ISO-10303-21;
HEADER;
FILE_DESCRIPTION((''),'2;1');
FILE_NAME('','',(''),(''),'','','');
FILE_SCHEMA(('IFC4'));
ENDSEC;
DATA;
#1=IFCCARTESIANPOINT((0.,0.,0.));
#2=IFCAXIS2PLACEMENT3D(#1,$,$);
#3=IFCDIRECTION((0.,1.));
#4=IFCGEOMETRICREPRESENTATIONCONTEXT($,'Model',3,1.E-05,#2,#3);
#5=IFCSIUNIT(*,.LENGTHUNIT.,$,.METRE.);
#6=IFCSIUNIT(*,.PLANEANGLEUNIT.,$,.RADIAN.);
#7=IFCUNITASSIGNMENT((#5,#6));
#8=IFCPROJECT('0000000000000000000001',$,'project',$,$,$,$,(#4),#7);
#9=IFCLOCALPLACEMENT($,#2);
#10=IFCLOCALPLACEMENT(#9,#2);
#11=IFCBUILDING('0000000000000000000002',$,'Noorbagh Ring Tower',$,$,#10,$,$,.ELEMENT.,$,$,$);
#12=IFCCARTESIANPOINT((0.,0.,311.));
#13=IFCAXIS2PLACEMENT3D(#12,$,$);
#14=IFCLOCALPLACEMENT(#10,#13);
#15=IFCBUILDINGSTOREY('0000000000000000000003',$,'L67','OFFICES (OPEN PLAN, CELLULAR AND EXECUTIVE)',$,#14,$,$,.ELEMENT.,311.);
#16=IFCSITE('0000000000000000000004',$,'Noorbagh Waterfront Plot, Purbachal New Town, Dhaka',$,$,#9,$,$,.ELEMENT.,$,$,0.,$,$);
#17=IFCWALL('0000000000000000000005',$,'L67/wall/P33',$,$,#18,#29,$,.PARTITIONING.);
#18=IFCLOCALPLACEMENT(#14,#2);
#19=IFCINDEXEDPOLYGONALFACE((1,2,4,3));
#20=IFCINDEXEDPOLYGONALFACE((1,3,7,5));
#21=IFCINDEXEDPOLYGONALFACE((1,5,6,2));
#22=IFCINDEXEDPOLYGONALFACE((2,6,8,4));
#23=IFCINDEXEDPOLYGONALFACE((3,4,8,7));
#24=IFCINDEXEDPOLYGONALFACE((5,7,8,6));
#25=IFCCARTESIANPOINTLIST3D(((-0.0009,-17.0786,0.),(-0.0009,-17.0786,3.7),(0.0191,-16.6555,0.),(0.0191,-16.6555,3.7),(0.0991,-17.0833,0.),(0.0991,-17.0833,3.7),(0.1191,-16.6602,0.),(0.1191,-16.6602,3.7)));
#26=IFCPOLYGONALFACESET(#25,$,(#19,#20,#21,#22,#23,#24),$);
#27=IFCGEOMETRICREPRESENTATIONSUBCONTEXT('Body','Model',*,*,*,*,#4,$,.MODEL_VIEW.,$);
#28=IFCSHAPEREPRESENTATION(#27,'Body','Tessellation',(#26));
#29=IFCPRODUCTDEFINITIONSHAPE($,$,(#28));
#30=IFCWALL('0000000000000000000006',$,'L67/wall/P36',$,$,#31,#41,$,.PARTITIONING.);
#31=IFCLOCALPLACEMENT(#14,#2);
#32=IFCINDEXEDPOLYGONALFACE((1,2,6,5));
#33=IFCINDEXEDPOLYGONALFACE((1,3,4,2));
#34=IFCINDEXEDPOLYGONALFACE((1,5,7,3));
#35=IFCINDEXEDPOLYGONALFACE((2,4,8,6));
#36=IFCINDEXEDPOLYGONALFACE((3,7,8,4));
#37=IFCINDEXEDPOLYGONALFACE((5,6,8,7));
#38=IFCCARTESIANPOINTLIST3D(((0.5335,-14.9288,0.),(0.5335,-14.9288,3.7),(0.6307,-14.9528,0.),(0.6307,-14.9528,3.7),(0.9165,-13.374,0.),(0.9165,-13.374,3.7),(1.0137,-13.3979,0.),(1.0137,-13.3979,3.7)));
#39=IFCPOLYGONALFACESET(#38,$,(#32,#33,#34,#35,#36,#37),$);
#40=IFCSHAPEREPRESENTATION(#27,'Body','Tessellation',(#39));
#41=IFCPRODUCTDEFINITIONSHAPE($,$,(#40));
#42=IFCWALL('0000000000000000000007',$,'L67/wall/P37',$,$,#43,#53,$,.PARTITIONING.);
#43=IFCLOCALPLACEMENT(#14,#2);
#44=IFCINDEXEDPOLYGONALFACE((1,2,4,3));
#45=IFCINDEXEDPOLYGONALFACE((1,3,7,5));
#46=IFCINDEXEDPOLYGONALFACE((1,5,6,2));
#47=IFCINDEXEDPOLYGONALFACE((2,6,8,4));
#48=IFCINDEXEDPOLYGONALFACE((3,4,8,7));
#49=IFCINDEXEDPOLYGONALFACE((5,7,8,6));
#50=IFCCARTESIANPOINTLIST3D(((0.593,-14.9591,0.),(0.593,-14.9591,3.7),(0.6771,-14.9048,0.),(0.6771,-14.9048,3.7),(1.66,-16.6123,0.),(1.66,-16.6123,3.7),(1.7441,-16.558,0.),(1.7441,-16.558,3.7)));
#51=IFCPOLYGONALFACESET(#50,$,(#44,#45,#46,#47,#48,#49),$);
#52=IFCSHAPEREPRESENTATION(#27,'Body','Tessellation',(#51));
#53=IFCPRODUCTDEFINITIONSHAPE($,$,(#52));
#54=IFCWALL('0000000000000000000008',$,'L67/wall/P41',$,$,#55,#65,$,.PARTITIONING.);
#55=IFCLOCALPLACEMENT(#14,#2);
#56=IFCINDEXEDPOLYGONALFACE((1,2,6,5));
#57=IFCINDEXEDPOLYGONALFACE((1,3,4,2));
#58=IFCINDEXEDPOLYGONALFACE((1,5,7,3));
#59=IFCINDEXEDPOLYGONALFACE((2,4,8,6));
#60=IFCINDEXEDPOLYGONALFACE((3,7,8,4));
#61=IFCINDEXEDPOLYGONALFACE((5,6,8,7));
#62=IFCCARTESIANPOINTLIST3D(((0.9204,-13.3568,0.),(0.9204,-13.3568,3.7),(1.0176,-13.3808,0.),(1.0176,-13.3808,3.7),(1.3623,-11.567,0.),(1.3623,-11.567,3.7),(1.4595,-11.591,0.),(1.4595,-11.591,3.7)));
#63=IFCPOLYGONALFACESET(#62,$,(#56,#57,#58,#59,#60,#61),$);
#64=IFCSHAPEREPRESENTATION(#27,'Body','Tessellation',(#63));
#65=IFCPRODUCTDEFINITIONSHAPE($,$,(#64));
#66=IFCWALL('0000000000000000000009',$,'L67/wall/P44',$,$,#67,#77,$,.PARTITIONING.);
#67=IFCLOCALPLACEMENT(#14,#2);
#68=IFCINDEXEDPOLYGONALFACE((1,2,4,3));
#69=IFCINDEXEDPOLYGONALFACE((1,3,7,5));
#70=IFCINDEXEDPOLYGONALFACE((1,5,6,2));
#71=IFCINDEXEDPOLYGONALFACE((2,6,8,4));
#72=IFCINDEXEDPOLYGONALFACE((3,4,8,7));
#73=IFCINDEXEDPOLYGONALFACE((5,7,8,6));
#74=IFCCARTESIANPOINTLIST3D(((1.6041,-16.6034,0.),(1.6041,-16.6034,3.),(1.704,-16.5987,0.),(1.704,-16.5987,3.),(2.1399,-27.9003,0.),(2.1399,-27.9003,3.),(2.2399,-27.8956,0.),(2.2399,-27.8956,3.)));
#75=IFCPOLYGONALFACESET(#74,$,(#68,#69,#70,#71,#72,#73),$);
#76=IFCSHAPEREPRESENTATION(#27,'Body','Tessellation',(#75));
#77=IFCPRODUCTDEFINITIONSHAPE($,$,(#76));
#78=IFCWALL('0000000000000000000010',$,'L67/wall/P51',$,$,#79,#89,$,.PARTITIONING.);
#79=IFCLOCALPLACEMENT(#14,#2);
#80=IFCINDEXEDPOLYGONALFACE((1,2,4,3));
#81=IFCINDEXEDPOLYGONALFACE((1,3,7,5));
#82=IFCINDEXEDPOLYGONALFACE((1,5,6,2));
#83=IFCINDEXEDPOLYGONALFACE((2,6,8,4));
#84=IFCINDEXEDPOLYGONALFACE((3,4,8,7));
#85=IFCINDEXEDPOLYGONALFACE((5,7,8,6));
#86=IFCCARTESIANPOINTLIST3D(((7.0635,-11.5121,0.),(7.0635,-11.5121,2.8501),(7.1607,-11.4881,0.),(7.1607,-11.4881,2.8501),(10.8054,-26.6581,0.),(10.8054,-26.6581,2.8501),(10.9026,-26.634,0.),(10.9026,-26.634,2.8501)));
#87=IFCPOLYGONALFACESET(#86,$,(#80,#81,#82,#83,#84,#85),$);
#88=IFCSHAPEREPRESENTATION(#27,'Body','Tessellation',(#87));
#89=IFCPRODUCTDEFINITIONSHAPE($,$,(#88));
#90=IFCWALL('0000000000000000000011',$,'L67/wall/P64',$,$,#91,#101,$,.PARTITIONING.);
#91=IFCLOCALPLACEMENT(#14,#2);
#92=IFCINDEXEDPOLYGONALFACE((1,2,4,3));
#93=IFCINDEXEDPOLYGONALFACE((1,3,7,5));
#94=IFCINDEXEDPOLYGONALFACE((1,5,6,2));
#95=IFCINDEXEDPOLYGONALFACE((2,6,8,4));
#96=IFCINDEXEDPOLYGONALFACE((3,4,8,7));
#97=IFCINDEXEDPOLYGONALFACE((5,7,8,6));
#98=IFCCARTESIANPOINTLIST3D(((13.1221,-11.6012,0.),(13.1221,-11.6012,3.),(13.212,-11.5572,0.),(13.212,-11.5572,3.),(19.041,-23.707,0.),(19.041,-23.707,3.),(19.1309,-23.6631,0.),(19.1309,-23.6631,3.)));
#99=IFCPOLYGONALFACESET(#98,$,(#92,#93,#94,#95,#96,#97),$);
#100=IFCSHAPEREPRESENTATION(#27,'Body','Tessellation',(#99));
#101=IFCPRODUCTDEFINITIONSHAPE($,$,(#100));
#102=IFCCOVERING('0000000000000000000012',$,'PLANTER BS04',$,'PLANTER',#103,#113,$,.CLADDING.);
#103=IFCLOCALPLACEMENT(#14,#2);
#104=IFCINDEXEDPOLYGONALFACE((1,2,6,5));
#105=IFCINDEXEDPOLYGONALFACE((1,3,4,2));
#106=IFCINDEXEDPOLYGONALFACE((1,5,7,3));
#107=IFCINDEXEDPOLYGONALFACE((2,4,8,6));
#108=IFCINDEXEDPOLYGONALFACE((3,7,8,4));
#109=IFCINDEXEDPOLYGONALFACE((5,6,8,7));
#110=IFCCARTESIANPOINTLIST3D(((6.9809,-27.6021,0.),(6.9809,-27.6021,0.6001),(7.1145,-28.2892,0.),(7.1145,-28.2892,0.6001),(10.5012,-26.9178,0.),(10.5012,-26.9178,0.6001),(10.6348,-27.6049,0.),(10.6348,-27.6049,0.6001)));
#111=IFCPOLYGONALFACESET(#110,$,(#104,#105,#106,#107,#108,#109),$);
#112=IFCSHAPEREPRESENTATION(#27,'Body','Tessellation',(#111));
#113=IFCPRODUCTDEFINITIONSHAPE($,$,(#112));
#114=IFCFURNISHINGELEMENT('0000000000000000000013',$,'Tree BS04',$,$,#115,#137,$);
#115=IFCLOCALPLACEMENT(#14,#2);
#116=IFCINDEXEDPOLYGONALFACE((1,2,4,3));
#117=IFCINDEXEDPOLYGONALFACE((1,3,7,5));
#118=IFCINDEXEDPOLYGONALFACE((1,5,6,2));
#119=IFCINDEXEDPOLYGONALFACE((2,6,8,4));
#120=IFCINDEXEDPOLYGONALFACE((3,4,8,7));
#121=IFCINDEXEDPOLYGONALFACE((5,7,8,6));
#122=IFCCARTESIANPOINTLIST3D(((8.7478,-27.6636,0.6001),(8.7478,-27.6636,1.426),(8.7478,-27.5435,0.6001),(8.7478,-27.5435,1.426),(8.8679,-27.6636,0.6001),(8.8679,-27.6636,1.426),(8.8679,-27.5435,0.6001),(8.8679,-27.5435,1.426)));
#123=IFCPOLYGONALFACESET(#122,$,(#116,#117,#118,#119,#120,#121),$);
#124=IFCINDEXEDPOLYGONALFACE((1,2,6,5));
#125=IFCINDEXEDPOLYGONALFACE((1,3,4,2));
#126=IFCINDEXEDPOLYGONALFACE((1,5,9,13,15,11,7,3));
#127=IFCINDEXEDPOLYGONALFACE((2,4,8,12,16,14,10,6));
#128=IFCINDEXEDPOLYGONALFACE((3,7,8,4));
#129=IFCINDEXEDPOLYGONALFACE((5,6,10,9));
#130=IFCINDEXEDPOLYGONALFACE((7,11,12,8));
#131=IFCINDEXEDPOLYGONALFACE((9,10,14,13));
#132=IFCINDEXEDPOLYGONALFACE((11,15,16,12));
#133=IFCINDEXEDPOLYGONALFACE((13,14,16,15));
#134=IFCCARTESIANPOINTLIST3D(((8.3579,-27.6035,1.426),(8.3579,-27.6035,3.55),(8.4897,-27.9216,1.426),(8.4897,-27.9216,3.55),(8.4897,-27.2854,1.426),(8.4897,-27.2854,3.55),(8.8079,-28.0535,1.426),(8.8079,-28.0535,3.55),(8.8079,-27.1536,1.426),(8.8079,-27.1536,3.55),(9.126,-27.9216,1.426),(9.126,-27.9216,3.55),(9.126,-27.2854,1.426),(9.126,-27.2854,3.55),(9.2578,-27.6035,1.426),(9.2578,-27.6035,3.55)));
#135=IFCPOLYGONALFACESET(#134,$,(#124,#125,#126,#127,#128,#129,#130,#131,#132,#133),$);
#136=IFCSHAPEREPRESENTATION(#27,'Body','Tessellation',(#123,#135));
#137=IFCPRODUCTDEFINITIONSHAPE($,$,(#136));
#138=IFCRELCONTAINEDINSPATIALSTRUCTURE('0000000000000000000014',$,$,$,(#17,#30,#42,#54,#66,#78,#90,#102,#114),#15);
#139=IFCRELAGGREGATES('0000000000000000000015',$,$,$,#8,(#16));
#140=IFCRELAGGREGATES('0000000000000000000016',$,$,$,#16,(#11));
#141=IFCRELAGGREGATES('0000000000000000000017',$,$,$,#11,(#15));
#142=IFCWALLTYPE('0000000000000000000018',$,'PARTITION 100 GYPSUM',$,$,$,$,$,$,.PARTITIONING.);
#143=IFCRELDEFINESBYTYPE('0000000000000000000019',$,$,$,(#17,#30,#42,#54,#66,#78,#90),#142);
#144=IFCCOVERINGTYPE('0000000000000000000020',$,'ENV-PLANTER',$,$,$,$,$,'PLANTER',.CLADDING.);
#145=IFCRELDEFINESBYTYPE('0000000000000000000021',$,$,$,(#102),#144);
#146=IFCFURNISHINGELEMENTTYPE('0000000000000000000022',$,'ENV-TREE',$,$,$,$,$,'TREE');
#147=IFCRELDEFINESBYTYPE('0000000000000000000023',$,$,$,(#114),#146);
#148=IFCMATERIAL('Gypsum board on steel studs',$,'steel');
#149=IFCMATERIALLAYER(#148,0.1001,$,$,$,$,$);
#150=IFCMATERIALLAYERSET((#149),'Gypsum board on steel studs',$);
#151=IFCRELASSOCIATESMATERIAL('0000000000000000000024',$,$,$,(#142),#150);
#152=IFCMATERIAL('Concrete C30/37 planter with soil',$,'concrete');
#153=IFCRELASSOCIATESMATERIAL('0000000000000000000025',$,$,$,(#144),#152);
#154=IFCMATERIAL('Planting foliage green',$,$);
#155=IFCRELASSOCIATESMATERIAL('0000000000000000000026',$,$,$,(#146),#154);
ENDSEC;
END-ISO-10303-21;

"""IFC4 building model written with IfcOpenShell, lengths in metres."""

from ifc_helpers import new_model, si_unit, direction, frame, frame_2d, origin, origin_2d, place, context, subcontext, project, spatial, polyline, rectangle, outline, extrude, material, layer, layer_set, type_object, element, save


model = new_model("IFC4")

# Units and contexts
model_context = context("Model", 3, precision=1e-05, world=origin(), true_north=direction((0.0, 1.0)))
body_context = subcontext(model_context, "Body", "Model", "MODEL_VIEW")
ifc_project = project(units=[si_unit("LENGTHUNIT", "METRE"), si_unit("PLANEANGLEUNIT", "RADIAN")], contexts=[model_context])

# Site, building, storey
site_placement = place(None, origin())
site = spatial("IfcSite", under=ifc_project, at=site_placement, Name="Noorbagh Waterfront Plot, Purbachal New Town, Dhaka", CompositionType="ELEMENT", RefElevation=0.0)
building_placement = place(site_placement, origin())
building = spatial("IfcBuilding", under=site, at=building_placement, Name="Noorbagh Ring Tower", CompositionType="ELEMENT")
storey_placement = place(building_placement, frame((0.0, 0.0, 311.0)))
storey = spatial("IfcBuildingStorey", under=building, at=storey_placement, Name="L67", Description="OFFICES (OPEN PLAN, CELLULAR AND EXECUTIVE)", CompositionType="ELEMENT", Elevation=311.0)

# Walls
ifc_material_1 = material(Name="Gypsum board on steel studs", Category="steel")
ifc_layer_1 = layer(ifc_material_1, 0.1001)
ifc_layer_set_1 = layer_set([ifc_layer_1], Name="Gypsum board on steel studs")
wall_type_1 = type_object("IfcWallType", Name="PARTITION 100 GYPSUM", PredefinedType="PARTITIONING", material=ifc_layer_set_1)
wall_1_placement = place(storey_placement, frame((0.0491, -17.0811, 0.0), z_axis=(0.0, 0.0, 1.0), x_axis=(0.047264, 0.998882, 0.0)))
element("IfcWall", 1, at=wall_1_placement, inside=storey, type_object=wall_type_1, Name="L67/wall/P33", PredefinedType="PARTITIONING", context=body_context, shape_type="SweptSolid", body=[
    extrude(rectangle(XDim=0.4236, YDim=0.1001, at=frame_2d((0.2119, 0.0))), origin(), (0.0, 0.0, 1.0), 3.7),
])
wall_2_placement = place(storey_placement, frame((0.582, -14.9409, 0.0), z_axis=(0.0, 0.0, 1.0), x_axis=(0.239198, 0.970971, 0.0)))
element("IfcWall", 2, at=wall_2_placement, inside=storey, type_object=wall_type_1, Name="L67/wall/P36", PredefinedType="PARTITIONING", context=body_context, shape_type="SweptSolid", body=[
    extrude(rectangle(XDim=1.6013, YDim=0.1001, at=frame_2d((0.8008, 0.0))), origin(), (0.0, 0.0, 1.0), 3.7),
])
wall_3_placement = place(storey_placement, frame((0.635, -14.9319, 0.0), z_axis=(0.0, 0.0, 1.0), x_axis=(0.542268, -0.840205, 0.0)))
element("IfcWall", 3, at=wall_3_placement, inside=storey, type_object=wall_type_1, Name="L67/wall/P37", PredefinedType="PARTITIONING", context=body_context, shape_type="SweptSolid", body=[
    extrude(rectangle(XDim=1.9675, YDim=0.1001, at=frame_2d((0.9839, 0.0))), origin(), (0.0, 0.0, 1.0), 3.7),
])
wall_4_placement = place(storey_placement, frame((0.969, -13.3689, 0.0), z_axis=(0.0, 0.0, 1.0), x_axis=(0.239699, 0.970847, 0.0)))
element("IfcWall", 4, at=wall_4_placement, inside=storey, type_object=wall_type_1, Name="L67/wall/P41", PredefinedType="PARTITIONING", context=body_context, shape_type="SweptSolid", body=[
    extrude(rectangle(XDim=1.8435, YDim=0.1001, at=frame_2d((0.9219, 0.0))), origin(), (0.0, 0.0, 1.0), 3.7),
])
wall_5_placement = place(storey_placement, frame((1.6541, -16.6011, 0.0), z_axis=(0.0, 0.0, 1.0), x_axis=(0.047384, -0.998877, 0.0)))
element("IfcWall", 5, at=wall_5_placement, inside=storey, type_object=wall_type_1, Name="L67/wall/P44", PredefinedType="PARTITIONING", context=body_context, shape_type="SweptSolid", body=[
    extrude(rectangle(XDim=11.3096, YDim=0.1001, at=frame_2d((5.6548, 0.0))), origin(), (0.0, 0.0, 1.0), 3.0),
])
wall_6_placement = place(storey_placement, frame((7.1121, -11.5, 0.0), z_axis=(0.0, 0.0, 1.0), x_axis=(0.239847, -0.970811, 0.0)))
element("IfcWall", 6, at=wall_6_placement, inside=storey, type_object=wall_type_1, Name="L67/wall/P51", PredefinedType="PARTITIONING", context=body_context, shape_type="SweptSolid", body=[
    extrude(rectangle(XDim=15.6013, YDim=0.1001, at=frame_2d((7.8008, 0.0))), origin(), (0.0, 0.0, 1.0), 2.8501),
])
wall_7_placement = place(storey_placement, frame((13.167, -11.5791, 0.0), z_axis=(0.0, 0.0, 1.0), x_axis=(0.439239, -0.89837, 0.0)))
element("IfcWall", 7, at=wall_7_placement, inside=storey, type_object=wall_type_1, Name="L67/wall/P64", PredefinedType="PARTITIONING", context=body_context, shape_type="SweptSolid", body=[
    extrude(rectangle(XDim=13.4753, YDim=0.1001, at=frame_2d((6.7378, 0.0))), origin(), (0.0, 0.0, 1.0), 3.0),
])

# Covering
ifc_material_2 = material(Name="Concrete C30/37 planter with soil", Category="concrete")
covering_type = type_object("IfcCoveringType", Name="ENV-PLANTER", ElementType="PLANTER", PredefinedType="CLADDING", material=ifc_material_2)
covering_placement = place(storey_placement, frame((8.8079, -27.6035, 0.0), z_axis=(0.0, 0.0, 1.0), x_axis=(0.981625, 0.19082, 0.0)))
element("IfcCovering", 8, at=covering_placement, inside=storey, type_object=covering_type, Name="PLANTER BS04", ObjectType="PLANTER", PredefinedType="CLADDING", context=body_context, shape_type="SweptSolid", body=[
    extrude(rectangle(XDim=3.5862, YDim=0.7, at=origin_2d()), origin(), (0.0, 0.0, 1.0), 0.6001),
])

# Furnishing element
ifc_material_3 = material(Name="Planting foliage green")
furnishing_element_type = type_object("IfcFurnishingElementType", Name="ENV-TREE", ElementType="TREE", material=ifc_material_3)
furnishing_placement = place(storey_placement, frame((8.8079, -27.6035, 0.6001), z_axis=(0.0, 0.0, 1.0), x_axis=(1.0, 0.0, 0.0)))
element("IfcFurnishingElement", 9, at=furnishing_placement, inside=storey, type_object=furnishing_element_type, Name="Tree BS04", context=body_context, shape_type="SweptSolid", body=[
    extrude(rectangle(XDim=0.1201, YDim=0.1201, at=origin_2d()), origin(), (0.0, 0.0, 1.0), 0.8259),
    extrude(outline(polyline([(0.45, 0.0), (0.3181, 0.3181), (0.0, 0.45), (-0.3181, 0.3181), (-0.45, 0.0), (-0.3181, -0.3181), (0.0, -0.45), (0.3181, -0.3181), (0.45, 0.0)])), frame((0.0, 0.0, 0.8259)), (0.0, 0.0, 1.0), 2.124),
])

save(model, "model.ifc")
